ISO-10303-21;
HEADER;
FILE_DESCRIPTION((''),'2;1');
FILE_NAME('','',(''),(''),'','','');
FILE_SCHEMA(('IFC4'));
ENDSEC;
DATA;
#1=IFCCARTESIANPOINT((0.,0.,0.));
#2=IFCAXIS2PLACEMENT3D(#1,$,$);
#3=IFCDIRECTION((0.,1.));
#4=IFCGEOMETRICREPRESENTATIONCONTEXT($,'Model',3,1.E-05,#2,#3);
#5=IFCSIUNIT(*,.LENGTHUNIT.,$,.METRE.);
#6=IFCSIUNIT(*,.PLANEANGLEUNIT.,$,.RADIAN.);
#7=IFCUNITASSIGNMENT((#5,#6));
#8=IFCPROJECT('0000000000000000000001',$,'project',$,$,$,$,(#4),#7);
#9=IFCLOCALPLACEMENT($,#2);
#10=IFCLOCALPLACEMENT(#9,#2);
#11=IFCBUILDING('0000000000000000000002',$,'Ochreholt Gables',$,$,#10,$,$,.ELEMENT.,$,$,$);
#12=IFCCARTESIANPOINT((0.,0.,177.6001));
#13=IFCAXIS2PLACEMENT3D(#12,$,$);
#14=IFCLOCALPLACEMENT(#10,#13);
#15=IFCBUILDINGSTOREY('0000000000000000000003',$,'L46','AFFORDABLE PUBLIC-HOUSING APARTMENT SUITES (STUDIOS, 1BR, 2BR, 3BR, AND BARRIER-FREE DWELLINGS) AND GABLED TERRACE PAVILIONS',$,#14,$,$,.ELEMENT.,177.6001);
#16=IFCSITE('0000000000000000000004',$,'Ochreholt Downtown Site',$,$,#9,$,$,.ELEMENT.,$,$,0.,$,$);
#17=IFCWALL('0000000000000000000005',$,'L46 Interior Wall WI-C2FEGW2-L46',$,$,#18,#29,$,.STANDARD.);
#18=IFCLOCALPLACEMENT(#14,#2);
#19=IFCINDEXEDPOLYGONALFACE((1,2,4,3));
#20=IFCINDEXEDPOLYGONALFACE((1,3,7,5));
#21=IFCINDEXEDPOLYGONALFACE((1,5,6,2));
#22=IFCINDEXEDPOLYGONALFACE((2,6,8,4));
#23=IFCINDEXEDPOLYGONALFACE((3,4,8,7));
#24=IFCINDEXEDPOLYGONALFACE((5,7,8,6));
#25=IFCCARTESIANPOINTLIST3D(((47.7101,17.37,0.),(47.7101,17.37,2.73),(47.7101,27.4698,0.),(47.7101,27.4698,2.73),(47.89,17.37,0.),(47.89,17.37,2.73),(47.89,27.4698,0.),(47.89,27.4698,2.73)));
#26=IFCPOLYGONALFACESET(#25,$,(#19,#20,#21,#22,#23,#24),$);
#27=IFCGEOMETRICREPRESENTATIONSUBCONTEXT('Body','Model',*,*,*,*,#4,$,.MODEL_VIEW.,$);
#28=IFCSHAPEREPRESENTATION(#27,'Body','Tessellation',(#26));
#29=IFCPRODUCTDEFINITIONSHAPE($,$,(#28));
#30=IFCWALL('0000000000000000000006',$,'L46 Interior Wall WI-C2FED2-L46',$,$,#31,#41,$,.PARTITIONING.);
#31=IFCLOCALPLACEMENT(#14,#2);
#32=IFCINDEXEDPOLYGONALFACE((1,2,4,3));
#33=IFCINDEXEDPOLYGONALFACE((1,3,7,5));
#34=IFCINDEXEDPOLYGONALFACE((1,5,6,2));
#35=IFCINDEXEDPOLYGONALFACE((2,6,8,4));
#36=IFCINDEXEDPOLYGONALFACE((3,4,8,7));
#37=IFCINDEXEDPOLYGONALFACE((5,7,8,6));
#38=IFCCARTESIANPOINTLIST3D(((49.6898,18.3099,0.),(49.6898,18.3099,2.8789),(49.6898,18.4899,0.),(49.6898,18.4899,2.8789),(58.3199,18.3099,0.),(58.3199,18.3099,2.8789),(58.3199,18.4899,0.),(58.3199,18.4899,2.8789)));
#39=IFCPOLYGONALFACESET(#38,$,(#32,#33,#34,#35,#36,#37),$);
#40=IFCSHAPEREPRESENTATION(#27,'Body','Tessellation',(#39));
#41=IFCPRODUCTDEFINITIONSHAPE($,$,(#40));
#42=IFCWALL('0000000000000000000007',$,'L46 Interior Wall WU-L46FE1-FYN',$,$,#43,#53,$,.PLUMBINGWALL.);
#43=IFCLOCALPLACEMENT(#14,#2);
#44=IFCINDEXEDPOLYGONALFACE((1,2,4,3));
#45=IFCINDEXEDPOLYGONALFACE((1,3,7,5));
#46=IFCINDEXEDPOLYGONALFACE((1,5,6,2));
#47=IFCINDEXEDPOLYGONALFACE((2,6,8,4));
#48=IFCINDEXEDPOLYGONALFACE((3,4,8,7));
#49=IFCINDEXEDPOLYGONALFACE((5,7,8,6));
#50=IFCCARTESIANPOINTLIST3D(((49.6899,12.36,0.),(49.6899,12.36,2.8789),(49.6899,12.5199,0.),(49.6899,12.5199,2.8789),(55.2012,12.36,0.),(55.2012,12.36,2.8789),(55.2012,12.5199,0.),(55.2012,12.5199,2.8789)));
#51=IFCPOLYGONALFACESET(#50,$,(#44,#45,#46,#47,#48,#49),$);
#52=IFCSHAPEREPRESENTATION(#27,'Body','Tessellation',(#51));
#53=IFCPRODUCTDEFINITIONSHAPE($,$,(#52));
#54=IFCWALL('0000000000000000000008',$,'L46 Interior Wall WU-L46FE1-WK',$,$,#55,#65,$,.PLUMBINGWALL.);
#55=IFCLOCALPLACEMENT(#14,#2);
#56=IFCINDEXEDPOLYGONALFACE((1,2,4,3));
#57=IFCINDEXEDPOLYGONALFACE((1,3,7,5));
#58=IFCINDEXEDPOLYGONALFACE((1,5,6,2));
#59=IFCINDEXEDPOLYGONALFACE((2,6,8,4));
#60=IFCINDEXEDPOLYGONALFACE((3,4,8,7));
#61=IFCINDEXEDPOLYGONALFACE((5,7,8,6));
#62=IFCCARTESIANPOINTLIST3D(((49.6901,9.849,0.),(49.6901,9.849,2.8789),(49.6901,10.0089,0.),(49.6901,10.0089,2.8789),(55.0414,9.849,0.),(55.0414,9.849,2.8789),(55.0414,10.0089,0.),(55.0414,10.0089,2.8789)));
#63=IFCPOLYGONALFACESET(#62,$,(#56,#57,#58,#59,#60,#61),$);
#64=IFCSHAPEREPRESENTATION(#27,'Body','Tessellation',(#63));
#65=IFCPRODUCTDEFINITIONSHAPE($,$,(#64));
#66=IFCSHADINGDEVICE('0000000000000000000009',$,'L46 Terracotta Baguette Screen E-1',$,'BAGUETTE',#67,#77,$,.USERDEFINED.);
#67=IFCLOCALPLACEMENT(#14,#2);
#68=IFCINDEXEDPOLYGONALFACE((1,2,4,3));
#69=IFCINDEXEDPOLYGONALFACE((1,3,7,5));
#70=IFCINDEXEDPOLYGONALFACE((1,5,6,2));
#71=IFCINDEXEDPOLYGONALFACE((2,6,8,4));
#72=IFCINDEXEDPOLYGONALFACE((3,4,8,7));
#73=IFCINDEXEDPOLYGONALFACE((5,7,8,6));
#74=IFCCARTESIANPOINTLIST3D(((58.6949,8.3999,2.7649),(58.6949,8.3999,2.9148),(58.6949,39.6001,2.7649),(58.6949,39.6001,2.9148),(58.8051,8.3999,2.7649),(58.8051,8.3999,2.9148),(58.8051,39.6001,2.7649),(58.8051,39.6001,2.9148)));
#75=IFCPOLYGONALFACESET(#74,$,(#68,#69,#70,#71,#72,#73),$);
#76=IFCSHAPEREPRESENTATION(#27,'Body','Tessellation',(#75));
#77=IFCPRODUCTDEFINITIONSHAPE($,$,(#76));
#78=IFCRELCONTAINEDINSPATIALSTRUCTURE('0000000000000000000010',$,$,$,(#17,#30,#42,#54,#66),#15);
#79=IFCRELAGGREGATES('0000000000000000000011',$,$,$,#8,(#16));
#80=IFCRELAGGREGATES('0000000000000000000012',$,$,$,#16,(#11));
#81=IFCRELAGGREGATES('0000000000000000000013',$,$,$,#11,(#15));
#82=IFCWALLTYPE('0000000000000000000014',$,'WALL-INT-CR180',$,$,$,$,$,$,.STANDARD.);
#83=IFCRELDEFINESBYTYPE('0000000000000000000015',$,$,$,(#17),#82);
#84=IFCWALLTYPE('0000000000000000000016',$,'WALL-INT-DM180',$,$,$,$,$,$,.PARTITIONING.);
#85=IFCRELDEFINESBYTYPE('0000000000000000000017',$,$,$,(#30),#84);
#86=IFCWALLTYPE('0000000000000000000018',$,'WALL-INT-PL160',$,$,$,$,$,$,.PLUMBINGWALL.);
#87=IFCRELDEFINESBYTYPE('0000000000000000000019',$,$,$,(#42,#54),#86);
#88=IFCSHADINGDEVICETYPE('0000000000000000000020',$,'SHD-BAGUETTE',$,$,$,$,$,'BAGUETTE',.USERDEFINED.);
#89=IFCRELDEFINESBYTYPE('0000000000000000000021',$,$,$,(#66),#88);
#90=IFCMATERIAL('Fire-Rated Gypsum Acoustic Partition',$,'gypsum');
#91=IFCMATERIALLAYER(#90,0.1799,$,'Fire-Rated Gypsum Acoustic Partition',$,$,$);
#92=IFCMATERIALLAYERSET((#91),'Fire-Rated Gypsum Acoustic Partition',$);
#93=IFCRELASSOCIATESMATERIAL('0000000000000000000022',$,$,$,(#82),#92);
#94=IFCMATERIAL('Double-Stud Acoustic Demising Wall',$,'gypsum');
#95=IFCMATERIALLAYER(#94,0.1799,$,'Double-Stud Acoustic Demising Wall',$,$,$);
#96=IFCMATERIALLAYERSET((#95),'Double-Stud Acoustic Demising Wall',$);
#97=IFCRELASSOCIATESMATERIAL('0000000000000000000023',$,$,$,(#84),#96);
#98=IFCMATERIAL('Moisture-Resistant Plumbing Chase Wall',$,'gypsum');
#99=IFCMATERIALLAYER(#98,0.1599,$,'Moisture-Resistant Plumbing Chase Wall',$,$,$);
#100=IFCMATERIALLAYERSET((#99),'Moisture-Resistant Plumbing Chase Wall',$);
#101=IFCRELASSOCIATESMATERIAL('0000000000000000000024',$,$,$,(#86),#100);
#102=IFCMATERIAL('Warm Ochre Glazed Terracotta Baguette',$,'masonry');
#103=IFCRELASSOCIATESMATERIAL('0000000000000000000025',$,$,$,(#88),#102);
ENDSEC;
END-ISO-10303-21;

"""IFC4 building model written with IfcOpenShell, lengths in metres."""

from ifc_helpers import new_model, si_unit, direction, frame, frame_2d, origin, origin_2d, place, context, subcontext, project, spatial, rectangle, extrude, material, layer, layer_set, material_profile, profile_set, type_object, element, save


model = new_model("IFC4")

# Units and contexts
model_context = context("Model", 3, precision=1e-05, world=origin(), true_north=direction((0.0, 1.0)))
body_context = subcontext(model_context, "Body", "Model", "MODEL_VIEW")
ifc_project = project(units=[si_unit("LENGTHUNIT", "METRE"), si_unit("PLANEANGLEUNIT", "RADIAN")], contexts=[model_context])

# Site, building, storey
site_placement = place(None, origin())
site = spatial("IfcSite", under=ifc_project, at=site_placement, Name="Ochreholt Downtown Site", CompositionType="ELEMENT", RefElevation=0.0)
building_placement = place(site_placement, origin())
building = spatial("IfcBuilding", under=site, at=building_placement, Name="Ochreholt Gables", CompositionType="ELEMENT")
storey_placement = place(building_placement, frame((0.0, 0.0, 177.6001)))
storey = spatial("IfcBuildingStorey", under=building, at=storey_placement, Name="L46", Description="AFFORDABLE PUBLIC-HOUSING APARTMENT SUITES (STUDIOS, 1BR, 2BR, 3BR, AND BARRIER-FREE DWELLINGS) AND GABLED TERRACE PAVILIONS", CompositionType="ELEMENT", Elevation=177.6001)

# Walls
ifc_material_1 = material(Name="Fire-Rated Gypsum Acoustic Partition", Category="gypsum")
ifc_layer_1 = layer(ifc_material_1, 0.1799, Name="Fire-Rated Gypsum Acoustic Partition")
ifc_layer_set_1 = layer_set([ifc_layer_1], Name="Fire-Rated Gypsum Acoustic Partition")
wall_type_1 = type_object("IfcWallType", Name="WALL-INT-CR180", PredefinedType="STANDARD", material=ifc_layer_set_1)
wall_1_placement = place(storey_placement, frame((47.8, 17.3701, 0.0), z_axis=(0.0, 0.0, 1.0), x_axis=(0.0, 1.0, 0.0)))
element("IfcWall", 1, at=wall_1_placement, inside=storey, type_object=wall_type_1, Name="L46 Interior Wall WI-C2FEGW2-L46", PredefinedType="STANDARD", context=body_context, shape_type="SweptSolid", body=[
    extrude(rectangle(XDim=10.0999, YDim=0.1799, at=frame_2d((5.0498, 0.0))), origin(), (0.0, 0.0, 1.0), 2.73),
])
ifc_material_2 = material(Name="Double-Stud Acoustic Demising Wall", Category="gypsum")
ifc_layer_2 = layer(ifc_material_2, 0.1799, Name="Double-Stud Acoustic Demising Wall")
ifc_layer_set_2 = layer_set([ifc_layer_2], Name="Double-Stud Acoustic Demising Wall")
wall_type_2 = type_object("IfcWallType", Name="WALL-INT-DM180", PredefinedType="PARTITIONING", material=ifc_layer_set_2)
wall_2_placement = place(storey_placement, frame((49.6899, 18.3999, 0.0), z_axis=(0.0, 0.0, 1.0), x_axis=(1.0, 0.0, 0.0)))
element("IfcWall", 2, at=wall_2_placement, inside=storey, type_object=wall_type_2, Name="L46 Interior Wall WI-C2FED2-L46", PredefinedType="PARTITIONING", context=body_context, shape_type="SweptSolid", body=[
    extrude(rectangle(XDim=8.6301, YDim=0.1799, at=frame_2d((4.3149, 0.0))), origin(), (0.0, 0.0, 1.0), 2.8789),
])
ifc_material_3 = material(Name="Moisture-Resistant Plumbing Chase Wall", Category="gypsum")
ifc_layer_3 = layer(ifc_material_3, 0.1599, Name="Moisture-Resistant Plumbing Chase Wall")
ifc_layer_set_3 = layer_set([ifc_layer_3], Name="Moisture-Resistant Plumbing Chase Wall")
wall_type_3 = type_object("IfcWallType", Name="WALL-INT-PL160", PredefinedType="PLUMBINGWALL", material=ifc_layer_set_3)
wall_3_placement = place(storey_placement, frame((49.6899, 12.4399, 0.0), z_axis=(0.0, 0.0, 1.0), x_axis=(1.0, 0.0, 0.0)))
element("IfcWall", 3, at=wall_3_placement, inside=storey, type_object=wall_type_3, Name="L46 Interior Wall WU-L46FE1-FYN", PredefinedType="PLUMBINGWALL", context=body_context, shape_type="SweptSolid", body=[
    extrude(rectangle(XDim=5.5112, YDim=0.1599, at=frame_2d((2.7556, 0.0))), origin(), (0.0, 0.0, 1.0), 2.8789),
])
wall_4_placement = place(storey_placement, frame((49.6899, 9.929, 0.0), z_axis=(0.0, 0.0, 1.0), x_axis=(1.0, 0.0, 0.0)))
element("IfcWall", 4, at=wall_4_placement, inside=storey, type_object=wall_type_3, Name="L46 Interior Wall WU-L46FE1-WK", PredefinedType="PLUMBINGWALL", context=body_context, shape_type="SweptSolid", body=[
    extrude(rectangle(XDim=5.3513, YDim=0.1599, at=frame_2d((2.6758, 0.0))), origin(), (0.0, 0.0, 1.0), 2.8789),
])

# Shading device
ifc_material_4 = material(Name="Warm Ochre Glazed Terracotta Baguette", Category="masonry")
ifc_material_profile_1 = material_profile(ifc_material_4, rectangle(XDim=0.1101, YDim=0.1499, at=origin_2d()), Name="TCBAG110X150")
ifc_profile_set_1 = profile_set([ifc_material_profile_1], Name="Warm Ochre Glazed Terracotta Baguette")
shading_device_type = type_object("IfcShadingDeviceType", Name="SHD-BAGUETTE", ElementType="BAGUETTE", PredefinedType="USERDEFINED", material=ifc_profile_set_1)
shading_device_placement = place(storey_placement, frame((58.75, 8.3999, 2.8398), z_axis=(0.0, 1.0, 0.0), x_axis=(-1.0, 0.0, 0.0)))
element("IfcShadingDevice", 5, at=shading_device_placement, inside=storey, type_object=shading_device_type, Name="L46 Terracotta Baguette Screen E-1", ObjectType="BAGUETTE", PredefinedType="USERDEFINED", context=body_context, shape_type="SweptSolid", body=[
    extrude(rectangle(XDim=0.1101, YDim=0.1499, at=origin_2d()), origin(), (0.0, 0.0, 1.0), 31.2002),
])

save(model, "model.ifc")
